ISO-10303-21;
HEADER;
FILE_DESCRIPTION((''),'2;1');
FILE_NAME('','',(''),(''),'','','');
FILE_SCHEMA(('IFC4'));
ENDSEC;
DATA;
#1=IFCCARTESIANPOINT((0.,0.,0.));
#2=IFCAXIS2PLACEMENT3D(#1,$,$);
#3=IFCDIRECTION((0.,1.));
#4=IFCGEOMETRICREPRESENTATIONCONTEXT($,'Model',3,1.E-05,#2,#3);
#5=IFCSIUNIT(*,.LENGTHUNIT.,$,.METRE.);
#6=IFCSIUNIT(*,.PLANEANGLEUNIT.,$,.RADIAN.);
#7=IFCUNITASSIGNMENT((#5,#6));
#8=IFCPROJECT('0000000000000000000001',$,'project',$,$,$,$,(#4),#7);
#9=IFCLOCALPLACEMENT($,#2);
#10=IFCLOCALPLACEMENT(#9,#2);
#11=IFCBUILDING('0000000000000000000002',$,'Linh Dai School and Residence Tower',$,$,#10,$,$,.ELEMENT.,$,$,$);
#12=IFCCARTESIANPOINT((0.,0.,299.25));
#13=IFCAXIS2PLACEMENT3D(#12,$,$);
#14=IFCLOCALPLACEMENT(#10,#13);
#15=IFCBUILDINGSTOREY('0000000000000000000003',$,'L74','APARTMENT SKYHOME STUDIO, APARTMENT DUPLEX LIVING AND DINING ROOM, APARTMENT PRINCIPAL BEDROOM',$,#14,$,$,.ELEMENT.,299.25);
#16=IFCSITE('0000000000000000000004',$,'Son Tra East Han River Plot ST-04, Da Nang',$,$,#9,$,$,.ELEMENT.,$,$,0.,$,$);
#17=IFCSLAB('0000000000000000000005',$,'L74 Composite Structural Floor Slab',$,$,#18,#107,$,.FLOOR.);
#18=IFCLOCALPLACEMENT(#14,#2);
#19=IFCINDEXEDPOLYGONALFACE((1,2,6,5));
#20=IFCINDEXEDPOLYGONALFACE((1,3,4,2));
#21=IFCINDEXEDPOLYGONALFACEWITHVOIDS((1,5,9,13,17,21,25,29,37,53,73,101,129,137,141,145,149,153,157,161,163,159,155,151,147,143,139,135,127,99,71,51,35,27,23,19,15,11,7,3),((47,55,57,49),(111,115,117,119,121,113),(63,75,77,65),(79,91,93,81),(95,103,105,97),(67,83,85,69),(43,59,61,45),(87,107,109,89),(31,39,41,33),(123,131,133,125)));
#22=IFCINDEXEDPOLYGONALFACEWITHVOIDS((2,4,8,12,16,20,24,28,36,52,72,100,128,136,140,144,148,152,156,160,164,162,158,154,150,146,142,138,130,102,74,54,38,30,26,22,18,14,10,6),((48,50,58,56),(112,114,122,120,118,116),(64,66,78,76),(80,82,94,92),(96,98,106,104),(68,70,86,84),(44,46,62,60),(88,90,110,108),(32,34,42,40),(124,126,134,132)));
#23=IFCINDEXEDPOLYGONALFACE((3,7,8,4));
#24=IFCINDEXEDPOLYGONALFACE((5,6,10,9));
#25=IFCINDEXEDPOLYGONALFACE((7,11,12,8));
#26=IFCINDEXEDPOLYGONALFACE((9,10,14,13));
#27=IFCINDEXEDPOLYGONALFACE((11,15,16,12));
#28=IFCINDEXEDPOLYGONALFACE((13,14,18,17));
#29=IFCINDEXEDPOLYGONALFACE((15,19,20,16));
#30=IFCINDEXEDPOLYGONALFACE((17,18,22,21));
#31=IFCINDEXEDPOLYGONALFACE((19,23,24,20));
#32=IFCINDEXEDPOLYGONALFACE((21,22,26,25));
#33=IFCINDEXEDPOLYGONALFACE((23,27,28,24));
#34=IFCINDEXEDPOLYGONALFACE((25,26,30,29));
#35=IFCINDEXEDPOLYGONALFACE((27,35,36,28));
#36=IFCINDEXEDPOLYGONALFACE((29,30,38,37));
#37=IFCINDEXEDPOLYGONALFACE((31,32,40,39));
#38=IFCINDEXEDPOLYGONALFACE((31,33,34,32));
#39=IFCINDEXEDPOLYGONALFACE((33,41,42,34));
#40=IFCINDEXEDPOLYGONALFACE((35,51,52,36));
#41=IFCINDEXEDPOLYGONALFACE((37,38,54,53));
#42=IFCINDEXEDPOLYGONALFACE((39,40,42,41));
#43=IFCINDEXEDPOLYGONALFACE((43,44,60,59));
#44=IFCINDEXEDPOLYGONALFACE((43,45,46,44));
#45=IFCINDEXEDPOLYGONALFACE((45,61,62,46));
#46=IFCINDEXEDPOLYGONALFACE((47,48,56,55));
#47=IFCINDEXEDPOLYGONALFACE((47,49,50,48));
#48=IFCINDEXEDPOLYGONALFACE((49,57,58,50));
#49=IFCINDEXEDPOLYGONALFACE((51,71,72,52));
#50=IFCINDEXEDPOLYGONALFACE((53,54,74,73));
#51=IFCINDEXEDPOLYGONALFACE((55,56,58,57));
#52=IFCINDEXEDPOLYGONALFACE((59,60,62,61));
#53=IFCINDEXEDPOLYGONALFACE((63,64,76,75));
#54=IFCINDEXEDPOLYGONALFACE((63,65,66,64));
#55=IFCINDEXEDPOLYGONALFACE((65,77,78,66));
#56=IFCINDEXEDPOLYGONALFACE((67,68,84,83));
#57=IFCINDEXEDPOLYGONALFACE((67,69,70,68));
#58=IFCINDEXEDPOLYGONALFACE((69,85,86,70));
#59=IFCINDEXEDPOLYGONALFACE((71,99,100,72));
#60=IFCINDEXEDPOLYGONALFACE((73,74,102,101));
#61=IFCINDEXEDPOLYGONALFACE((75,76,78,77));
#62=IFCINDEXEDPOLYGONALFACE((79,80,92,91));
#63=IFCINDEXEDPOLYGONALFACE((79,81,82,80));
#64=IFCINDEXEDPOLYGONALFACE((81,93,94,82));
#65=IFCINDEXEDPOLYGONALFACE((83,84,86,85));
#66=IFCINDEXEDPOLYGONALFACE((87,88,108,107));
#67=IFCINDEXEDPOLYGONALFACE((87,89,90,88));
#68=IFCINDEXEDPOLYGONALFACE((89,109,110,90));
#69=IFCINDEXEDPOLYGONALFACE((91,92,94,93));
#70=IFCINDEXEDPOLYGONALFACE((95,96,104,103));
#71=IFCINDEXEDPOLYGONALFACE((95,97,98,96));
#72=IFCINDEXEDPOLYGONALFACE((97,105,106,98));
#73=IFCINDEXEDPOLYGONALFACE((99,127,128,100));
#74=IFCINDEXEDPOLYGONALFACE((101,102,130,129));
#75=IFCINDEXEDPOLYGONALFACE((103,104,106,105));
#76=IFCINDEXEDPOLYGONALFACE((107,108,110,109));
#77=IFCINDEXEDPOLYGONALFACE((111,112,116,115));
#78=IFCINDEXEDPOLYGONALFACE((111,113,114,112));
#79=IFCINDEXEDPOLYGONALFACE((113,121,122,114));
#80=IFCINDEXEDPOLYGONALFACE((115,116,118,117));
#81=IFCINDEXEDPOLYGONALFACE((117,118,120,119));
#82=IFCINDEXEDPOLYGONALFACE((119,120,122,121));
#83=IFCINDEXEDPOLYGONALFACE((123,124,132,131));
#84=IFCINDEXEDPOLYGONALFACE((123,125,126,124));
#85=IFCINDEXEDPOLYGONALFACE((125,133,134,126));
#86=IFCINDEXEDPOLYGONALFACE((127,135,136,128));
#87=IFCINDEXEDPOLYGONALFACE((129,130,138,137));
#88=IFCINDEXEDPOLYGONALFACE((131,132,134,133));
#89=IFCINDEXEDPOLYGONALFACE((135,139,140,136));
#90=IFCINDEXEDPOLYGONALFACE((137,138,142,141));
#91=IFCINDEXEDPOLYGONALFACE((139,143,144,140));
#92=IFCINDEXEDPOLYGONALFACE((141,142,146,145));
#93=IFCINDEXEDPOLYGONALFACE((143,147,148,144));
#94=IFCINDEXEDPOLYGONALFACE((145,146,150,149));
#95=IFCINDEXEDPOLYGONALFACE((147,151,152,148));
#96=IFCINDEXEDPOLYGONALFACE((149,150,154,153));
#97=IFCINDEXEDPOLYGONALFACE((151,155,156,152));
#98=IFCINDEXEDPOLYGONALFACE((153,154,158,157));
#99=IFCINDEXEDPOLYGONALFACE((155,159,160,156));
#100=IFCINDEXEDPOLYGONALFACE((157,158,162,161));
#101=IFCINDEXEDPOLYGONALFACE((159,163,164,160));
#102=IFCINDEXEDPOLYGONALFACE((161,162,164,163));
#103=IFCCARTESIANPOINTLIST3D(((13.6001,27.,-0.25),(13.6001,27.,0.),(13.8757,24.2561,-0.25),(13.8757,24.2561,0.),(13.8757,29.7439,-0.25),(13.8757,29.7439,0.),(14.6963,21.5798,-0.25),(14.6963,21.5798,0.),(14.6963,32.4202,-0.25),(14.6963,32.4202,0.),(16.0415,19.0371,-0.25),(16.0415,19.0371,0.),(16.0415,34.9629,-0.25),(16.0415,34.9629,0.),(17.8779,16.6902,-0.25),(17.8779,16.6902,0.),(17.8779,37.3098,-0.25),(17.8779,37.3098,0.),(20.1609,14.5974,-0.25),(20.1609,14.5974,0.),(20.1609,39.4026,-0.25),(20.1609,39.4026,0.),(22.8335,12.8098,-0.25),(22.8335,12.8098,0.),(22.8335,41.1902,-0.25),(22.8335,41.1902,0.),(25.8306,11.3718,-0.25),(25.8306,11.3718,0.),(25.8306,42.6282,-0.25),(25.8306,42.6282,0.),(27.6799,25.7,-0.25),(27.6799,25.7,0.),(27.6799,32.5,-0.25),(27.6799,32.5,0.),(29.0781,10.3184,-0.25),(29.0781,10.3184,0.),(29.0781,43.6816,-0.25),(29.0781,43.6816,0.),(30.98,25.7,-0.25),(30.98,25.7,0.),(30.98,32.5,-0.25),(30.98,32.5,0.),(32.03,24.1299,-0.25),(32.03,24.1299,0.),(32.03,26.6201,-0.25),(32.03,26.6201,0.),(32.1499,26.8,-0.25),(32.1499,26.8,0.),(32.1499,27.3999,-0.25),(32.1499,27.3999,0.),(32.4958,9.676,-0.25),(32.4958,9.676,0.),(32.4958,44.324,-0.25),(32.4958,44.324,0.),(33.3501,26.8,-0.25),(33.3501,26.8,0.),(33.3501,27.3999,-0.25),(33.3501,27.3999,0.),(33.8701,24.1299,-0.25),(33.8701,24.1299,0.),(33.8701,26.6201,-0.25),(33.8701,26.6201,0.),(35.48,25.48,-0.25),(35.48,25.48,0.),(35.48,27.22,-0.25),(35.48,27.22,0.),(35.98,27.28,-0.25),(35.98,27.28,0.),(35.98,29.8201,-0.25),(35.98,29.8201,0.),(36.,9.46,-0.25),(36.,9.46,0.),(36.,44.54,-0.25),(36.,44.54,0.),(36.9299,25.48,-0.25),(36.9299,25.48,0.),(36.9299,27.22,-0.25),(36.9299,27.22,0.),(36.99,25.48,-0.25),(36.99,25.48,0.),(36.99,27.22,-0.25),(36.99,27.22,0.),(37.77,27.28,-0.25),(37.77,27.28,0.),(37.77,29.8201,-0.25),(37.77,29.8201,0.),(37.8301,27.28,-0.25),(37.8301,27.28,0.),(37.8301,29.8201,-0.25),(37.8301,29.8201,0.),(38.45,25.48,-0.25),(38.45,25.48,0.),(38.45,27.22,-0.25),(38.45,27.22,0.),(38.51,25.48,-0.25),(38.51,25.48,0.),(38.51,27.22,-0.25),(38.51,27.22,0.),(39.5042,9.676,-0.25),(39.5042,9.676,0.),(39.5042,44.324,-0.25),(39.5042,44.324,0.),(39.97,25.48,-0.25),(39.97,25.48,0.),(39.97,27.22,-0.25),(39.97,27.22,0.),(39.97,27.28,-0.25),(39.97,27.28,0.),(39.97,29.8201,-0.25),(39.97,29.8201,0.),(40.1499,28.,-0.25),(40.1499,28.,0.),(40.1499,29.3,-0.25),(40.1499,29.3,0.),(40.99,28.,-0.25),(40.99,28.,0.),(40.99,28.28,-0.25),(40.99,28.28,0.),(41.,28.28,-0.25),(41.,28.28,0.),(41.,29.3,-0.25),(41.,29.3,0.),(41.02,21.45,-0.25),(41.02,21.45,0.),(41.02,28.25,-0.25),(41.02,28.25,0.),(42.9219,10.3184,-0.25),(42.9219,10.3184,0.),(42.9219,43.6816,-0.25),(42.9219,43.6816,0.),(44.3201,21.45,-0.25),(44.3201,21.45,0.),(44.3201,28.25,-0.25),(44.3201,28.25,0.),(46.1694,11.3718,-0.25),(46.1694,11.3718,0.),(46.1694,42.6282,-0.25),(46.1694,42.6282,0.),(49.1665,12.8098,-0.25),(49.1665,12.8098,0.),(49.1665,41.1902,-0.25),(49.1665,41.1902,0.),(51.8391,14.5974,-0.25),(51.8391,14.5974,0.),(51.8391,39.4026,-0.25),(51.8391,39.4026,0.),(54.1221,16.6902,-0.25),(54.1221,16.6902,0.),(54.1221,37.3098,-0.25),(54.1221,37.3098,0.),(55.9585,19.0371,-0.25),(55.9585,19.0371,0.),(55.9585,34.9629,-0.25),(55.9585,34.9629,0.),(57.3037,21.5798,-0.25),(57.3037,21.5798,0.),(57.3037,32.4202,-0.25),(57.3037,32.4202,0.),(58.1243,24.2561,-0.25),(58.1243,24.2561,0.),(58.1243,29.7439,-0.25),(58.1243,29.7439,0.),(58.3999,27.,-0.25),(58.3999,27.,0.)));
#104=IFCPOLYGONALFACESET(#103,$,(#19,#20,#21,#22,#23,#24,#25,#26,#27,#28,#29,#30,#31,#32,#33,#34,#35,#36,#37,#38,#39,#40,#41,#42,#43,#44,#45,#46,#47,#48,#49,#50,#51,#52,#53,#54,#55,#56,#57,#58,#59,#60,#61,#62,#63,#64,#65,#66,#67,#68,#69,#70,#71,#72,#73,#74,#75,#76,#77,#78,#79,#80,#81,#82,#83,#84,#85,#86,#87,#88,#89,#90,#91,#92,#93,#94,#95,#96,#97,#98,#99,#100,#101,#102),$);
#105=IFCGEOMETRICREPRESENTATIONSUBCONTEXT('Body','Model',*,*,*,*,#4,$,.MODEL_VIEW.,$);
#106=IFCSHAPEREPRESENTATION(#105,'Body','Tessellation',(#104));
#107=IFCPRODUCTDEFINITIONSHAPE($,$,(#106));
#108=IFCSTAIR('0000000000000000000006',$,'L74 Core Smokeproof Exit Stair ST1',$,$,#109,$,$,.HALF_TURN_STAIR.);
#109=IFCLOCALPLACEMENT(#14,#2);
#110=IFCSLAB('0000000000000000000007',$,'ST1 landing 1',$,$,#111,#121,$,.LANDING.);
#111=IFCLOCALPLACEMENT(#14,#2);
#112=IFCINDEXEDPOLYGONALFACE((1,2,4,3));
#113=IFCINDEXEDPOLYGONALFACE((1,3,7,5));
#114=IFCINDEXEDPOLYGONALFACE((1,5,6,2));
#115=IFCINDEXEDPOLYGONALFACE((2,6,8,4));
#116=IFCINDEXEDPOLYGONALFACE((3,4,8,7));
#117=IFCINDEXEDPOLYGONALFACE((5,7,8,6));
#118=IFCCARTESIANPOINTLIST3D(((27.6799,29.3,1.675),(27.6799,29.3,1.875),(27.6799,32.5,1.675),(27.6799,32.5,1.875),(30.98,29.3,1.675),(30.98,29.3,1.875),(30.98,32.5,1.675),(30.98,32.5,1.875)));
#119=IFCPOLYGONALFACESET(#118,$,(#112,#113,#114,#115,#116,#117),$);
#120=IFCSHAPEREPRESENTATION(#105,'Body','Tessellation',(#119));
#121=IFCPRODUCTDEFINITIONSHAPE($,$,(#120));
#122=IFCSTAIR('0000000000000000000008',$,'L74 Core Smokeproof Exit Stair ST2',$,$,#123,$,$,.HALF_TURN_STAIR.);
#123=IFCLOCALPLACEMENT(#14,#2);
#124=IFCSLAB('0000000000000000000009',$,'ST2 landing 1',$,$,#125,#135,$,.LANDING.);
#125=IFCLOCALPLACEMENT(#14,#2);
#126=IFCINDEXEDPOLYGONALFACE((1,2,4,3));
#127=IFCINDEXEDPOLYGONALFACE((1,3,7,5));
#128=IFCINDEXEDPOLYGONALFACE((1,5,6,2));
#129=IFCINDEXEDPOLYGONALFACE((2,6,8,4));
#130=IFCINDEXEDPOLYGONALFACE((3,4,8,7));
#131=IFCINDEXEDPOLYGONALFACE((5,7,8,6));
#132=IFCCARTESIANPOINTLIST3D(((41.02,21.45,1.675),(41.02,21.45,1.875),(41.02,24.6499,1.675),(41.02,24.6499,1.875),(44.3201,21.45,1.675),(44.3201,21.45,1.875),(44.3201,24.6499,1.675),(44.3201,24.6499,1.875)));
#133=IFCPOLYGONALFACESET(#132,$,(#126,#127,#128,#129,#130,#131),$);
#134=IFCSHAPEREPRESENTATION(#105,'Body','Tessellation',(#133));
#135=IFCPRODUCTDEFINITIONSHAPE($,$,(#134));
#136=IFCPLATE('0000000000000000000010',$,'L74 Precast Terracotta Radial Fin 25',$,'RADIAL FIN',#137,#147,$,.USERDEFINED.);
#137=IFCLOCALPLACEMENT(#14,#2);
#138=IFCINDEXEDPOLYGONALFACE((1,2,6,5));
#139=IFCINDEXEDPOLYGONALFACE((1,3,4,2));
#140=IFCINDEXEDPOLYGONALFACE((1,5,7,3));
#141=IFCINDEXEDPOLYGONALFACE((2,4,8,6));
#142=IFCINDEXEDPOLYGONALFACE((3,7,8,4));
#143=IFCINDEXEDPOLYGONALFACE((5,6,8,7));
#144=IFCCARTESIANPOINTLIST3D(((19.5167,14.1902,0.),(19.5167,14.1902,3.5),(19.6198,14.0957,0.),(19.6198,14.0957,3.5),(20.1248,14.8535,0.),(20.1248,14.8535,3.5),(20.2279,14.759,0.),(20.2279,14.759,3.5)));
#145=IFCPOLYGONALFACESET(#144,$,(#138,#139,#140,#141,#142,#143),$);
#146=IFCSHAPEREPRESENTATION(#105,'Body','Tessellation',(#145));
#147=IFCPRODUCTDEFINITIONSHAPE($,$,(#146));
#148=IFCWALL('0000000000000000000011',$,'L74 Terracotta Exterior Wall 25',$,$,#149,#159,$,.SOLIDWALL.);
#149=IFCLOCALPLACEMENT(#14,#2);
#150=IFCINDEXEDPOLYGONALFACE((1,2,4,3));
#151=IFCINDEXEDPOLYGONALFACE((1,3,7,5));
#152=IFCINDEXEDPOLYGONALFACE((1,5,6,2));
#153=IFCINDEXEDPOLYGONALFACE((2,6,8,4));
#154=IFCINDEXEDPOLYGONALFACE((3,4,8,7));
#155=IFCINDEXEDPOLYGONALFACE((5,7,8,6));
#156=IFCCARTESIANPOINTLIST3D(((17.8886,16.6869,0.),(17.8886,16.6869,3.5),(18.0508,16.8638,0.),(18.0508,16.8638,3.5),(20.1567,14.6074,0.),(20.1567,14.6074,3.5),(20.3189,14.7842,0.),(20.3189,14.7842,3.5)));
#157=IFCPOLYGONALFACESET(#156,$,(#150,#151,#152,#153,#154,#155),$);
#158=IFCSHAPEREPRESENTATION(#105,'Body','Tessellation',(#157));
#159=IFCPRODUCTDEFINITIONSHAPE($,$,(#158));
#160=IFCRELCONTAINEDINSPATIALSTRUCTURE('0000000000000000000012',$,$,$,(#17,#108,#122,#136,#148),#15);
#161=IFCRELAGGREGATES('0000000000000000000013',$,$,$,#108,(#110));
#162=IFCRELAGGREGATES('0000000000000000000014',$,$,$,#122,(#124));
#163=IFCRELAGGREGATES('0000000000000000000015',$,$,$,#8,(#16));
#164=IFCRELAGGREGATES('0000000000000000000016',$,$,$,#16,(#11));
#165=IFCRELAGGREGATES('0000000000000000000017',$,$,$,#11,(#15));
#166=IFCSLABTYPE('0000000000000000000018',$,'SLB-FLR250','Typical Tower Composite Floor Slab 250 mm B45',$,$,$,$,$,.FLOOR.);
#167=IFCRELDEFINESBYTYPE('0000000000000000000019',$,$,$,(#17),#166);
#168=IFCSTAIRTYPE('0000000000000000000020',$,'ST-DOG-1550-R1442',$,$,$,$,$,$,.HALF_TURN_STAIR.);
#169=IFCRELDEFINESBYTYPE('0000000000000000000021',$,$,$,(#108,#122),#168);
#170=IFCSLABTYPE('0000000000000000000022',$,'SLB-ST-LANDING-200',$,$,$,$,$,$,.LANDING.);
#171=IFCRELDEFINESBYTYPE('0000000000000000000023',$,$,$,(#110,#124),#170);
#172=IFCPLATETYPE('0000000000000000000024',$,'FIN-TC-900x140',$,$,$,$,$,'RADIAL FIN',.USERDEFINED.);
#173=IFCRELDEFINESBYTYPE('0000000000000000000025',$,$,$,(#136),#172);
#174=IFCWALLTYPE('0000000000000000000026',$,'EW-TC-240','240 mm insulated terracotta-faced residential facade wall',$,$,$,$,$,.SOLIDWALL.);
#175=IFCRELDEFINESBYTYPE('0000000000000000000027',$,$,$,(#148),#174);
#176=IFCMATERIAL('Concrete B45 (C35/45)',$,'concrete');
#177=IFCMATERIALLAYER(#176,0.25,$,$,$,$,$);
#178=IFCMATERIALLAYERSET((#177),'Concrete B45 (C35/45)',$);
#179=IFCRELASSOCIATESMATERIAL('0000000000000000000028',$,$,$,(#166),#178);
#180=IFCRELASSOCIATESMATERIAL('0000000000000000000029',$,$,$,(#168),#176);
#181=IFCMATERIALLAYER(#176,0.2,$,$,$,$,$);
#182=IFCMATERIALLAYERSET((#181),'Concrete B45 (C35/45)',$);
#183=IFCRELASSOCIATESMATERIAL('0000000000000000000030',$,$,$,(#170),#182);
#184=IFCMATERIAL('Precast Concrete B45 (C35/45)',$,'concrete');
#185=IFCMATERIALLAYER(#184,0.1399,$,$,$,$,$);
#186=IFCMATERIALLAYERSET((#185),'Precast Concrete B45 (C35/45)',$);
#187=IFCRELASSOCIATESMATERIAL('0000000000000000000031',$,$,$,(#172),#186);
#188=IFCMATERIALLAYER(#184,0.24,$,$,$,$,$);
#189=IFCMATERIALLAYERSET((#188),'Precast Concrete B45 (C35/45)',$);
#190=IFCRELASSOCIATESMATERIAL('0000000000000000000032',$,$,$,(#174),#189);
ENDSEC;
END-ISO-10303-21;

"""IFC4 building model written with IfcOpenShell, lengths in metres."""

from ifc_helpers import new_model, si_unit, direction, frame, frame_2d, origin, origin_2d, place, context, subcontext, project, spatial, polyline, rectangle, outline, extrude, source, transform, mapped, material, layer, layer_set, type_object, element, aggregate, save


model = new_model("IFC4")

# Units and contexts
model_context = context("Model", 3, precision=1e-05, world=origin(), true_north=direction((0.0, 1.0)))
body_context = subcontext(model_context, "Body", "Model", "MODEL_VIEW")
ifc_project = project(units=[si_unit("LENGTHUNIT", "METRE"), si_unit("PLANEANGLEUNIT", "RADIAN")], contexts=[model_context])

# Site, building, storey
site_placement = place(None, origin())
site = spatial("IfcSite", under=ifc_project, at=site_placement, Name="Son Tra East Han River Plot ST-04, Da Nang", CompositionType="ELEMENT", RefElevation=0.0)
building_placement = place(site_placement, origin())
building = spatial("IfcBuilding", under=site, at=building_placement, Name="Linh Dai School and Residence Tower", CompositionType="ELEMENT")
storey_placement = place(building_placement, frame((0.0, 0.0, 299.25)))
storey = spatial("IfcBuildingStorey", under=building, at=storey_placement, Name="L74", Description="APARTMENT SKYHOME STUDIO, APARTMENT DUPLEX LIVING AND DINING ROOM, APARTMENT PRINCIPAL BEDROOM", CompositionType="ELEMENT", Elevation=299.25)

# Slab
ifc_material_1 = material(Name="Concrete B45 (C35/45)", Category="concrete")
ifc_layer_1 = layer(ifc_material_1, 0.25)
ifc_layer_set_1 = layer_set([ifc_layer_1], Name="Concrete B45 (C35/45)")
slab_type_1 = type_object("IfcSlabType", Name="SLB-FLR250", Description="Typical Tower Composite Floor Slab 250 mm B45", PredefinedType="FLOOR", material=ifc_layer_set_1)
slab_1_placement = place(storey_placement, frame((0.0, 0.0, -0.25)))
element("IfcSlab", 1, at=slab_1_placement, inside=storey, type_object=slab_type_1, Name="L74 Composite Structural Floor Slab", PredefinedType="FLOOR", context=body_context, shape_type="SweptSolid", body=[
    extrude(outline(polyline([(58.3999, 27.0), (58.1243, 29.7439), (57.3037, 32.4202), (55.9585, 34.9629), (54.1221, 37.3098), (51.8391, 39.4026), (49.1665, 41.1902), (46.1694, 42.6282), (42.9219, 43.6816), (39.5042, 44.324), (36.0, 44.54), (32.4958, 44.324), (29.0781, 43.6816), (25.8306, 42.6282), (22.8335, 41.1902), (20.1609, 39.4026), (17.8779, 37.3098), (16.0415, 34.9629), (14.6963, 32.4202), (13.8757, 29.7439), (13.6001, 27.0), (13.8757, 24.2561), (14.6963, 21.5798), (16.0415, 19.0371), (17.8779, 16.6902), (20.1609, 14.5974), (22.8335, 12.8098), (25.8306, 11.3718), (29.0781, 10.3184), (32.4958, 9.676), (36.0, 9.46), (39.5042, 9.676), (42.9219, 10.3184), (46.1694, 11.3718), (49.1665, 12.8098), (51.8391, 14.5974), (54.1221, 16.6902), (55.9585, 19.0371), (57.3037, 21.5798), (58.1243, 24.2561), (58.3999, 27.0)]), holes=[polyline([(30.98, 25.7), (30.98, 32.5), (27.6799, 32.5), (27.6799, 25.7), (30.98, 25.7)]), polyline([(41.02, 28.25), (41.02, 21.45), (44.3201, 21.45), (44.3201, 28.25), (41.02, 28.25)]), polyline([(35.98, 27.28), (37.77, 27.28), (37.77, 29.8201), (35.98, 29.8201), (35.98, 27.28)]), polyline([(32.03, 24.1299), (33.8701, 24.1299), (33.8701, 26.6201), (32.03, 26.6201), (32.03, 24.1299)]), polyline([(37.8301, 27.28), (39.97, 27.28), (39.97, 29.8201), (37.8301, 29.8201), (37.8301, 27.28)]), polyline([(35.48, 25.48), (36.9299, 25.48), (36.9299, 27.22), (35.48, 27.22), (35.48, 25.48)]), polyline([(36.99, 25.48), (38.45, 25.48), (38.45, 27.22), (36.99, 27.22), (36.99, 25.48)]), polyline([(38.51, 25.48), (39.97, 25.48), (39.97, 27.22), (38.51, 27.22), (38.51, 25.48)]), polyline([(40.1499, 28.0), (40.1499, 29.3), (41.0, 29.3), (41.0, 28.28), (40.99, 28.28), (40.99, 28.0), (40.1499, 28.0)]), polyline([(32.1499, 26.8), (33.3501, 26.8), (33.3501, 27.3999), (32.1499, 27.3999), (32.1499, 26.8)])]), origin(), (0.0, 0.0, 1.0), 0.25),
])

# Stairs, slabs
stair_type = type_object("IfcStairType", Name="ST-DOG-1550-R1442", PredefinedType="HALF_TURN_STAIR", material=ifc_material_1)
stair_1_placement = place(storey_placement, origin())
stair_1 = element("IfcStair", 2, at=stair_1_placement, inside=storey, type_object=stair_type, Name="L74 Core Smokeproof Exit Stair ST1", PredefinedType="HALF_TURN_STAIR")
ifc_layer_2 = layer(ifc_material_1, 0.2)
ifc_layer_set_2 = layer_set([ifc_layer_2], Name="Concrete B45 (C35/45)")
slab_type_2 = type_object("IfcSlabType", Name="SLB-ST-LANDING-200", PredefinedType="LANDING", material=ifc_layer_set_2)
slab_2_placement = place(storey_placement, frame((0.0, 0.0, 1.675)))
slab_2 = element("IfcSlab", 3, at=slab_2_placement, type_object=slab_type_2, Name="ST1 landing 1", PredefinedType="LANDING", context=body_context, shape_type="SweptSolid", body=[
    extrude(outline(polyline([(30.98, 29.3), (30.98, 32.5), (27.6799, 32.5), (27.6799, 29.3), (30.98, 29.3)])), origin(), (0.0, 0.0, 1.0), 0.2),
])
aggregate(stair_1, [slab_2])
stair_2_placement = place(storey_placement, origin())
stair_2 = element("IfcStair", 4, at=stair_2_placement, inside=storey, type_object=stair_type, Name="L74 Core Smokeproof Exit Stair ST2", PredefinedType="HALF_TURN_STAIR")
slab_3_placement = place(storey_placement, frame((0.0, 0.0, 1.675)))
slab_3 = element("IfcSlab", 5, at=slab_3_placement, type_object=slab_type_2, Name="ST2 landing 1", PredefinedType="LANDING", context=body_context, shape_type="SweptSolid", body=[
    extrude(outline(polyline([(41.02, 24.6499), (41.02, 21.45), (44.3201, 21.45), (44.3201, 24.6499), (41.02, 24.6499)])), origin(), (0.0, 0.0, 1.0), 0.2),
])
aggregate(stair_2, [slab_3])

# Plate
ifc_material_2 = material(Name="Precast Concrete B45 (C35/45)", Category="concrete")
ifc_layer_3 = layer(ifc_material_2, 0.1399)
ifc_layer_set_3 = layer_set([ifc_layer_3], Name="Precast Concrete B45 (C35/45)")
plate_type = type_object("IfcPlateType", Name="FIN-TC-900x140", ElementType="RADIAL FIN", PredefinedType="USERDEFINED", material=ifc_layer_set_3)
shared_shape_1 = source(origin(), body_context, "Body", "SweptSolid", [
    extrude(rectangle(XDim=0.8999, YDim=0.1399, at=origin_2d()), origin(), (0.0, 0.0, 1.0), 3.5),
])
plate_placement = place(storey_placement, frame((19.8723, 14.4746, 0.0), z_axis=(0.0, 0.0, 1.0), x_axis=(-0.675779, -0.737104, 0.0)))
element("IfcPlate", 6, at=plate_placement, inside=storey, type_object=plate_type, Name="L74 Precast Terracotta Radial Fin 25", ObjectType="RADIAL FIN", PredefinedType="USERDEFINED", context=body_context, shape_type="MappedRepresentation", body=[
    mapped(shared_shape_1, transform((0.0, 0.0, 0.0), x_axis=(1.0, 0.0, 0.0), y_axis=(0.0, 1.0, 0.0), z_axis=(0.0, 0.0, 1.0), scale=1.0)),
])

# Wall
ifc_layer_4 = layer(ifc_material_2, 0.24)
ifc_layer_set_4 = layer_set([ifc_layer_4], Name="Precast Concrete B45 (C35/45)")
wall_type_1 = type_object("IfcWallType", Name="EW-TC-240", Description="240 mm insulated terracotta-faced residential facade wall", PredefinedType="SOLIDWALL", material=ifc_layer_set_4)
wall_1_placement = place(storey_placement, frame((20.2378, 14.6958, 0.0), z_axis=(0.0, 0.0, 1.0), x_axis=(-0.737069, 0.675818, 0.0)))
element("IfcWall", 7, at=wall_1_placement, inside=storey, type_object=wall_type_1, Name="L74 Terracotta Exterior Wall 25", PredefinedType="SOLIDWALL", context=body_context, shape_type="SweptSolid", body=[
    extrude(rectangle(XDim=3.0771, YDim=0.24, at=frame_2d((1.5386, 0.0))), origin(), (0.0, 0.0, 1.0), 3.5),
])

save(model, "model.ifc")
